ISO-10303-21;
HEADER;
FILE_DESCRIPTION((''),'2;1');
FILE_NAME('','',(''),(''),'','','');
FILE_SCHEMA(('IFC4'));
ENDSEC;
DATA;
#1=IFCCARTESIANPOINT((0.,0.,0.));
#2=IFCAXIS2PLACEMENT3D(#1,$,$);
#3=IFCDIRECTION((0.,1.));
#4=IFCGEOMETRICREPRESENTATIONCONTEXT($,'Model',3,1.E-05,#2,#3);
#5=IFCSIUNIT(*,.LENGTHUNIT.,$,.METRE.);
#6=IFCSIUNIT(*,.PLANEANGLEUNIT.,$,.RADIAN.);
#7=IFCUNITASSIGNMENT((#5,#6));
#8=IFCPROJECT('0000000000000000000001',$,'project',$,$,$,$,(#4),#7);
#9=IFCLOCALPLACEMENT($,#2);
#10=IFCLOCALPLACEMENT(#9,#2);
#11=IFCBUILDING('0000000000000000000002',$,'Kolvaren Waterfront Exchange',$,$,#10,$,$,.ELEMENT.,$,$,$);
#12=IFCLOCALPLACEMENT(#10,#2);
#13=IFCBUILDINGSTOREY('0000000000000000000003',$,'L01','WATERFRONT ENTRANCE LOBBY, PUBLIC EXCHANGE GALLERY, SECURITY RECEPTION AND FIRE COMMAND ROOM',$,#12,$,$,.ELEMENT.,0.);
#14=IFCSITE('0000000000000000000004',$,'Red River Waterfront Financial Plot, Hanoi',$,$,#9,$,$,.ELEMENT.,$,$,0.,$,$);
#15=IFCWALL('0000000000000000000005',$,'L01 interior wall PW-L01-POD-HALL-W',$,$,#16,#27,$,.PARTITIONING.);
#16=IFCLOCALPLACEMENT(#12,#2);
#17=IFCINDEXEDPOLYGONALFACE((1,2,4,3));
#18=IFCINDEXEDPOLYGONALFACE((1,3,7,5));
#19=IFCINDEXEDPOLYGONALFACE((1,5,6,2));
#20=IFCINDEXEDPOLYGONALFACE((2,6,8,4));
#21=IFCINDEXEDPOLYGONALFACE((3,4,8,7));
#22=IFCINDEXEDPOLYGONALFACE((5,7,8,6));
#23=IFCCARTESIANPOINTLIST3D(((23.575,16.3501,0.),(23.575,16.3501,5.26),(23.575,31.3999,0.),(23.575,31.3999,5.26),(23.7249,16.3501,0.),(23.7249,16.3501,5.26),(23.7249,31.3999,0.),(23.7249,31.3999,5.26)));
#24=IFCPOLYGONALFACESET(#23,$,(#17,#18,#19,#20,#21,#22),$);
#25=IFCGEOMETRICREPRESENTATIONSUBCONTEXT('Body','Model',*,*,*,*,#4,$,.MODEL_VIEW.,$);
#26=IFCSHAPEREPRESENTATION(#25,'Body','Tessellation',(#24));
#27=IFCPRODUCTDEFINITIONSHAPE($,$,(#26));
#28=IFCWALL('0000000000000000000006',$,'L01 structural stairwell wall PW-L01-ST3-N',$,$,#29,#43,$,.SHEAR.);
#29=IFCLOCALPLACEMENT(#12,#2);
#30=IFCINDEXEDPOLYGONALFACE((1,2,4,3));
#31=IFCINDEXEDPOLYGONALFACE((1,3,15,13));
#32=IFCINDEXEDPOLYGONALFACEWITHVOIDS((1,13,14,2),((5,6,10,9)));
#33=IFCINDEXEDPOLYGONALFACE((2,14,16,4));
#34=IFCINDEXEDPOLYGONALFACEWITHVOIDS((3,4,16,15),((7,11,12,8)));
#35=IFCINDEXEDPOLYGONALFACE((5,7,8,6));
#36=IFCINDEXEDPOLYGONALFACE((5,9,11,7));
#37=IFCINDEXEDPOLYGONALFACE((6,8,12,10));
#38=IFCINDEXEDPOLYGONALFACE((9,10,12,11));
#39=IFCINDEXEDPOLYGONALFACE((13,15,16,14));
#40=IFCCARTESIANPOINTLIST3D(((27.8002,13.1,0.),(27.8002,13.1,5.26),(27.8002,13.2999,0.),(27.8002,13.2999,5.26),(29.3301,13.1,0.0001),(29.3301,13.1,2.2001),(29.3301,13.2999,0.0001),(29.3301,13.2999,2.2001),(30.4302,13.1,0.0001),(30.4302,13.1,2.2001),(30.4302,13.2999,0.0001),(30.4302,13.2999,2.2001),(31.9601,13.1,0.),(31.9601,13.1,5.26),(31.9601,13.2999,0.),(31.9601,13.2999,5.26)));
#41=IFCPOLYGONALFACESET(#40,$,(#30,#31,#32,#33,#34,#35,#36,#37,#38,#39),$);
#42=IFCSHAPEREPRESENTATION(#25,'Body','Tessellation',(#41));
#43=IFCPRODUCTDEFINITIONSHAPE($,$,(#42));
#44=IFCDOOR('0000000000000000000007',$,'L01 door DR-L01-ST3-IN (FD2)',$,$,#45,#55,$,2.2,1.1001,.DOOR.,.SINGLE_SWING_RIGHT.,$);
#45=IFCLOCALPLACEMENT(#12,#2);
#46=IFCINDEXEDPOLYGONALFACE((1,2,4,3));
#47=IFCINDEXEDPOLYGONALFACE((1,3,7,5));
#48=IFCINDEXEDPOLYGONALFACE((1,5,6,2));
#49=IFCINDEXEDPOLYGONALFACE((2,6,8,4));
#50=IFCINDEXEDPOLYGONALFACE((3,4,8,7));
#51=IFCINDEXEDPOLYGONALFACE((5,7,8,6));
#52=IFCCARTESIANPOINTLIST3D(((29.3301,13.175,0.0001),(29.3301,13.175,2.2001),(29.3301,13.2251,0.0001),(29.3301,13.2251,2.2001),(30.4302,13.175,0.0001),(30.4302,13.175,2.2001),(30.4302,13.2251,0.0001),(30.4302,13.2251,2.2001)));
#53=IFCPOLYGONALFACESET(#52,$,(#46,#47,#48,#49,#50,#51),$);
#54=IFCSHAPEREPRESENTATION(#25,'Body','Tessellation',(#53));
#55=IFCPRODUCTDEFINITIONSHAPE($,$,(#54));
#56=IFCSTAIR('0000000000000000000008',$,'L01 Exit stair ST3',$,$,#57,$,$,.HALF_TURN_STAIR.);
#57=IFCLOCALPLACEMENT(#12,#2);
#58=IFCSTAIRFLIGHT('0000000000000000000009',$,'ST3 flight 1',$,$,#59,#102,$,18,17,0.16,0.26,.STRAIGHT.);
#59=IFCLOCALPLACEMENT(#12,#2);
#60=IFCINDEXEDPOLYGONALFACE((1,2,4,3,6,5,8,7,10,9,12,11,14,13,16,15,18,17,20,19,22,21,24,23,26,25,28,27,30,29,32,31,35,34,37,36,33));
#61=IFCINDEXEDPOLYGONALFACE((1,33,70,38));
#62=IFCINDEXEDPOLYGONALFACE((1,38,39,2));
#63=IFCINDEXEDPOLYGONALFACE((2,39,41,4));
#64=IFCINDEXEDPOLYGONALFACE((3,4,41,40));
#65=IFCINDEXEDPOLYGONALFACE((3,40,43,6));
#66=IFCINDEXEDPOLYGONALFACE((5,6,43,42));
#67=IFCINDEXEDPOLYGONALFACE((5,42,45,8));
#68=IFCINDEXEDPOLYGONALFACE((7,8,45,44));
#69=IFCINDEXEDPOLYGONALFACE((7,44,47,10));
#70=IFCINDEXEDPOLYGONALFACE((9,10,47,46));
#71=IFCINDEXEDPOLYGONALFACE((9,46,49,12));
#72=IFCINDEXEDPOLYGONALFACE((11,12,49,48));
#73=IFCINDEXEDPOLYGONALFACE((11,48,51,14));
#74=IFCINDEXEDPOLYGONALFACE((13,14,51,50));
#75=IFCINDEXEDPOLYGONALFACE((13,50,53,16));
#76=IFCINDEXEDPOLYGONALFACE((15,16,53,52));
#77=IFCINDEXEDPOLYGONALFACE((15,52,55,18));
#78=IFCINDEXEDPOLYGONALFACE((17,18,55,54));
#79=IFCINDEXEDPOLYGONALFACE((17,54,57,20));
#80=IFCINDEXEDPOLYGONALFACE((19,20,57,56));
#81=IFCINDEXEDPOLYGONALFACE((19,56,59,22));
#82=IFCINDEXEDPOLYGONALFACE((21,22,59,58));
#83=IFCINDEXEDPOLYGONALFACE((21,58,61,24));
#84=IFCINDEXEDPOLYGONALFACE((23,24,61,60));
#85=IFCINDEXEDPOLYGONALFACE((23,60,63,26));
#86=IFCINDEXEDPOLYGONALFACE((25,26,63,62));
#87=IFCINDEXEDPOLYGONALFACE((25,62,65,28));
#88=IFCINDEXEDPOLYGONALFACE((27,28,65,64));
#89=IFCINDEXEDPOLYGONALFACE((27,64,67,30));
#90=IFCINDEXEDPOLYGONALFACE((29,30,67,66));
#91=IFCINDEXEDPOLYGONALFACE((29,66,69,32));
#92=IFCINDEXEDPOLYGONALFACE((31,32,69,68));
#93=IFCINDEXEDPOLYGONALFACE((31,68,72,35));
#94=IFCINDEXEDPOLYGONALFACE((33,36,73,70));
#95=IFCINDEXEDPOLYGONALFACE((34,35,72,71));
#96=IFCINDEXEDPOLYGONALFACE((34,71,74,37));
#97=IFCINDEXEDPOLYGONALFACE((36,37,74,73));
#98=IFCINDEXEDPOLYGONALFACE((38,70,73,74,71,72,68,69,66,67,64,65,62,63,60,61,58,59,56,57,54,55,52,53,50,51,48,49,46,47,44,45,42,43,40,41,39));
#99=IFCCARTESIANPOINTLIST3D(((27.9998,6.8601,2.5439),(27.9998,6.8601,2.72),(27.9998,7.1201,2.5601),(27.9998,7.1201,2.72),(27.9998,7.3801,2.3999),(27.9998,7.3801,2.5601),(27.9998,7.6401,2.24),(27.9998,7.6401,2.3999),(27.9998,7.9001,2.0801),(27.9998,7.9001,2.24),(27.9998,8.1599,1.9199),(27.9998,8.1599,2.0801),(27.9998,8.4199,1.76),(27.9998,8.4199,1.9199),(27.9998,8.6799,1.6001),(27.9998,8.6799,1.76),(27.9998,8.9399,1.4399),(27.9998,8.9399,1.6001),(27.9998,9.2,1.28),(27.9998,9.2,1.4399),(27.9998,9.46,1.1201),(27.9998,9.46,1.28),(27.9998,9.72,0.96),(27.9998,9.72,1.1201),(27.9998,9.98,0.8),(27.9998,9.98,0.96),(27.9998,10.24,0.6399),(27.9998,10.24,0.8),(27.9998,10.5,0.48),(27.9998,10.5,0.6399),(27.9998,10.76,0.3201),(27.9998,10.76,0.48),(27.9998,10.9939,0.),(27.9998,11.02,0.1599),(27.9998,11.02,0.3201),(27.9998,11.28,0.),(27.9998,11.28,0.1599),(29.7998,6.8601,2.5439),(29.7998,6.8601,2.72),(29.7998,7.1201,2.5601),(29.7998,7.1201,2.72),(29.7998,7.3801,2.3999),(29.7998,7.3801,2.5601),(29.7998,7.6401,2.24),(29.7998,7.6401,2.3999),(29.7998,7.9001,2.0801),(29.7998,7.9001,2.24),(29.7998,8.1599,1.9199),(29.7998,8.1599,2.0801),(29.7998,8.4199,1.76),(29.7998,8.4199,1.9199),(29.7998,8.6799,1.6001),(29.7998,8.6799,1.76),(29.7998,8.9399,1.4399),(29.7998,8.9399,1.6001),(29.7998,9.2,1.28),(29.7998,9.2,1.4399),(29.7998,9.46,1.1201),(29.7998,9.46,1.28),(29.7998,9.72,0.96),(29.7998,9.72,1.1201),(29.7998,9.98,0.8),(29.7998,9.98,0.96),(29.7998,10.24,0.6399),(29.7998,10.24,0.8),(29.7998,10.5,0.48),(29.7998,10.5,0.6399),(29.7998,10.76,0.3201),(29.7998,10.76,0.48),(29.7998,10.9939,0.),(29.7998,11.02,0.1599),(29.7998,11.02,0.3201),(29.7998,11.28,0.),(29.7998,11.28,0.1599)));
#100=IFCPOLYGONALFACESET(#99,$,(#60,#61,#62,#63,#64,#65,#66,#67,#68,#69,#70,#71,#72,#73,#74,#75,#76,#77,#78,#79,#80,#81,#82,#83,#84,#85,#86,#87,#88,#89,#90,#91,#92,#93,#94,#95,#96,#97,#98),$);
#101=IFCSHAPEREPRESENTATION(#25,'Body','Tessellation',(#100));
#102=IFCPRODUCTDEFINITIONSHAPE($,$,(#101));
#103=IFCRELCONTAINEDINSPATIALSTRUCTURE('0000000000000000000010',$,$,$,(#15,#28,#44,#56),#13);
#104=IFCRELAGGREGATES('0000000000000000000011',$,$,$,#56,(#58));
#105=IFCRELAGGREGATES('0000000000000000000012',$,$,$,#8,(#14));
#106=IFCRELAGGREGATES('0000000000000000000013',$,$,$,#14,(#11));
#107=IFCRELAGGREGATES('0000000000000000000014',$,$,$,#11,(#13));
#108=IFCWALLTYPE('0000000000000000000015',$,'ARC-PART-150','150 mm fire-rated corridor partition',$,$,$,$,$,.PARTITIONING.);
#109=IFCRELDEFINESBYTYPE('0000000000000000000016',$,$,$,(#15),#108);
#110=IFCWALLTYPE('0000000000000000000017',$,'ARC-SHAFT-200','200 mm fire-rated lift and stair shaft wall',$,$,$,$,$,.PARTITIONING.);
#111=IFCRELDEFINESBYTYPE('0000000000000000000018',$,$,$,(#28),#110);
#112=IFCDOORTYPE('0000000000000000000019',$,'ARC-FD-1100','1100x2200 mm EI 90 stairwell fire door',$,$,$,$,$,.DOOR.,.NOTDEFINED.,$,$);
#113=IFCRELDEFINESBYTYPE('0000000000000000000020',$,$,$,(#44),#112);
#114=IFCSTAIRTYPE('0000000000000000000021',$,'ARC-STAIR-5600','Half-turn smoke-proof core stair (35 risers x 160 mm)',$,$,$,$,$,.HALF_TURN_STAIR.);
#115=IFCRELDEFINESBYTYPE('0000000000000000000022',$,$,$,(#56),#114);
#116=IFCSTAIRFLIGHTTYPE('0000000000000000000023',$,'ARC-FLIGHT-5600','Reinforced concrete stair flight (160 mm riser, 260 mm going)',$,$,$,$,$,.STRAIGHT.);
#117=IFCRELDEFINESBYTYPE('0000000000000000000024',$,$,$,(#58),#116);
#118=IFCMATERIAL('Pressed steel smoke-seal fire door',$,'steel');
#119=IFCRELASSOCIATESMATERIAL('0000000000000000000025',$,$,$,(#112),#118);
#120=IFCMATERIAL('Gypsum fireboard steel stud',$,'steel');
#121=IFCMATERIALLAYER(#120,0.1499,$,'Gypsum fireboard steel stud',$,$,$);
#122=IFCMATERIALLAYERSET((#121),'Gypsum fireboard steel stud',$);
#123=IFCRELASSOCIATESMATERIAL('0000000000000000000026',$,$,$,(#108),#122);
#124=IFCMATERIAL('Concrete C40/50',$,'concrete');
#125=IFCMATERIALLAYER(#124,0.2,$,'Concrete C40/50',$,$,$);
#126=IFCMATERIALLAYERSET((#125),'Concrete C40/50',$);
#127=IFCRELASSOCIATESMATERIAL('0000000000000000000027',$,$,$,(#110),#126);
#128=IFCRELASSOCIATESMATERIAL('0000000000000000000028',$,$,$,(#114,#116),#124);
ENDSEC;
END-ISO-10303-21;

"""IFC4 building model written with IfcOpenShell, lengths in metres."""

from ifc_helpers import new_model, si_unit, direction, frame, frame_2d, origin, place, context, subcontext, project, spatial, polyline, rectangle, outline, extrude, material, layer, layer_set, type_object, element, fill, aggregate, save


model = new_model("IFC4")

# Units and contexts
model_context = context("Model", 3, precision=1e-05, world=origin(), true_north=direction((0.0, 1.0)))
body_context = subcontext(model_context, "Body", "Model", "MODEL_VIEW")
ifc_project = project(units=[si_unit("LENGTHUNIT", "METRE"), si_unit("PLANEANGLEUNIT", "RADIAN")], contexts=[model_context])

# Site, building, storey
site_placement = place(None, origin())
site = spatial("IfcSite", under=ifc_project, at=site_placement, Name="Red River Waterfront Financial Plot, Hanoi", CompositionType="ELEMENT", RefElevation=0.0)
building_placement = place(site_placement, origin())
building = spatial("IfcBuilding", under=site, at=building_placement, Name="Kolvaren Waterfront Exchange", CompositionType="ELEMENT")
storey_placement = place(building_placement, origin())
storey = spatial("IfcBuildingStorey", under=building, at=storey_placement, Name="L01", Description="WATERFRONT ENTRANCE LOBBY, PUBLIC EXCHANGE GALLERY, SECURITY RECEPTION AND FIRE COMMAND ROOM", CompositionType="ELEMENT", Elevation=0.0)

# Shared definitions
ifc_material_1 = material(Name="Pressed steel smoke-seal fire door", Category="steel")
door_type_1 = type_object("IfcDoorType", Name="ARC-FD-1100", Description="1100x2200 mm EI 90 stairwell fire door", OperationType="NOTDEFINED", PredefinedType="DOOR", material=ifc_material_1)

# Shared definitions
ifc_material_2 = material(Name="Gypsum fireboard steel stud", Category="steel")
ifc_layer_1 = layer(ifc_material_2, 0.1499, Name="Gypsum fireboard steel stud")
ifc_layer_set_1 = layer_set([ifc_layer_1], Name="Gypsum fireboard steel stud")
wall_type_1 = type_object("IfcWallType", Name="ARC-PART-150", Description="150 mm fire-rated corridor partition", PredefinedType="PARTITIONING", material=ifc_layer_set_1)

# Wall
wall_1_placement = place(storey_placement, frame((23.6499, 16.3501, 0.0), z_axis=(0.0, 0.0, 1.0), x_axis=(0.0, 1.0, 0.0)))
element("IfcWall", 1, at=wall_1_placement, inside=storey, type_object=wall_type_1, Name="L01 interior wall PW-L01-POD-HALL-W", PredefinedType="PARTITIONING", context=body_context, shape_type="SweptSolid", body=[
    extrude(rectangle(XDim=15.0498, YDim=0.1499, at=frame_2d((7.5249, 0.0))), origin(), (0.0, 0.0, 1.0), 5.26),
])

# Wall, opening, door
ifc_material_3 = material(Name="Concrete C40/50", Category="concrete")
ifc_layer_2 = layer(ifc_material_3, 0.2, Name="Concrete C40/50")
ifc_layer_set_2 = layer_set([ifc_layer_2], Name="Concrete C40/50")
wall_type_2 = type_object("IfcWallType", Name="ARC-SHAFT-200", Description="200 mm fire-rated lift and stair shaft wall", PredefinedType="PARTITIONING", material=ifc_layer_set_2)
wall_2_placement = place(storey_placement, frame((27.8, 13.2, 0.0), z_axis=(0.0, 0.0, 1.0), x_axis=(1.0, 0.0, 0.0)))
wall_2 = element("IfcWall", 2, at=wall_2_placement, inside=storey, type_object=wall_type_2, Name="L01 structural stairwell wall PW-L01-ST3-N", PredefinedType="SHEAR", context=body_context, shape_type="SweptSolid", body=[
    extrude(rectangle(XDim=4.1599, YDim=0.2, at=frame_2d((2.0801, 0.0))), origin(), (0.0, 0.0, 1.0), 5.26),
])
opening_1_placement = place(wall_2_placement, frame((1.53, 0.0, 0.0)))
opening_1 = element("IfcOpeningElement", 3, at=opening_1_placement, cuts=wall_2, PredefinedType="OPENING", context=body_context, shape_type="SweptSolid", body=[
    extrude(rectangle(XDim=1.1001, YDim=2.2, at=frame_2d((0.55, 1.1001))), frame((0.0, 0.1099, 0.0), z_axis=(0.0, -1.0, 0.0), x_axis=(1.0, 0.0, 0.0)), (0.0, 0.0, 1.0), 0.22),
])
door_1_placement = place(opening_1_placement, frame((1.1001, 0.0, 0.0), z_axis=(0.0, 0.0, 1.0), x_axis=(-1.0, 0.0, 0.0)))
door_1 = element("IfcDoor", 4, at=door_1_placement, inside=storey, type_object=door_type_1, Name="L01 door DR-L01-ST3-IN (FD2)", OperationType="SINGLE_SWING_RIGHT", OverallHeight=2.2, OverallWidth=1.1001, PredefinedType="DOOR", context=body_context, shape_type="SweptSolid", body=[
    extrude(rectangle(XDim=1.1001, YDim=2.2, at=frame_2d((0.55, 1.1001))), frame((0.0, 0.0249, 0.0), z_axis=(0.0, -1.0, 0.0), x_axis=(1.0, 0.0, 0.0)), (0.0, 0.0, 1.0), 0.05),
])
fill(opening_1, door_1)

# Stair, stair flight
stair_type = type_object("IfcStairType", Name="ARC-STAIR-5600", Description="Half-turn smoke-proof core stair (35 risers x 160 mm)", PredefinedType="HALF_TURN_STAIR", material=ifc_material_3)
stair_placement = place(storey_placement, origin())
stair = element("IfcStair", 5, at=stair_placement, inside=storey, type_object=stair_type, Name="L01 Exit stair ST3", PredefinedType="HALF_TURN_STAIR")
stair_flight_type = type_object("IfcStairFlightType", Name="ARC-FLIGHT-5600", Description="Reinforced concrete stair flight (160 mm riser, 260 mm going)", PredefinedType="STRAIGHT", material=ifc_material_3)
stair_flight_placement = place(storey_placement, frame((28.8999, 11.28, 0.0), z_axis=(0.0, 0.0, 1.0), x_axis=(0.0, -1.0, 0.0)))
stair_flight = element("IfcStairFlight", 6, at=stair_flight_placement, type_object=stair_flight_type, Name="ST3 flight 1", NumberOfRisers=18, NumberOfTreads=17, PredefinedType="STRAIGHT", RiserHeight=0.16, TreadLength=0.26, context=body_context, shape_type="SweptSolid", body=[
    extrude(outline(polyline([(0.0, 0.0), (0.0, 0.1599), (0.26, 0.1599), (0.26, 0.3201), (0.52, 0.3201), (0.52, 0.48), (0.78, 0.48), (0.78, 0.6399), (1.04, 0.6399), (1.04, 0.8), (1.3, 0.8), (1.3, 0.96), (1.5601, 0.96), (1.5601, 1.1201), (1.8201, 1.1201), (1.8201, 1.28), (2.0801, 1.28), (2.0801, 1.4399), (2.3401, 1.4399), (2.3401, 1.6001), (2.6001, 1.6001), (2.6001, 1.76), (2.8601, 1.76), (2.8601, 1.9199), (3.1201, 1.9199), (3.1201, 2.0801), (3.3799, 2.0801), (3.3799, 2.24), (3.6399, 2.24), (3.6399, 2.3999), (3.8999, 2.3999), (3.8999, 2.5601), (4.1599, 2.5601), (4.1599, 2.72), (4.4199, 2.72), (4.4199, 2.8799), (4.4199, 2.5439), (0.2861, 0.0), (0.0, 0.0)])), frame((0.0, 0.8999, 0.0), z_axis=(0.0, -1.0, 0.0), x_axis=(1.0, 0.0, 0.0)), (0.0, 0.0, 1.0), 1.8),
])
aggregate(stair, [stair_flight])

save(model, "model.ifc")
